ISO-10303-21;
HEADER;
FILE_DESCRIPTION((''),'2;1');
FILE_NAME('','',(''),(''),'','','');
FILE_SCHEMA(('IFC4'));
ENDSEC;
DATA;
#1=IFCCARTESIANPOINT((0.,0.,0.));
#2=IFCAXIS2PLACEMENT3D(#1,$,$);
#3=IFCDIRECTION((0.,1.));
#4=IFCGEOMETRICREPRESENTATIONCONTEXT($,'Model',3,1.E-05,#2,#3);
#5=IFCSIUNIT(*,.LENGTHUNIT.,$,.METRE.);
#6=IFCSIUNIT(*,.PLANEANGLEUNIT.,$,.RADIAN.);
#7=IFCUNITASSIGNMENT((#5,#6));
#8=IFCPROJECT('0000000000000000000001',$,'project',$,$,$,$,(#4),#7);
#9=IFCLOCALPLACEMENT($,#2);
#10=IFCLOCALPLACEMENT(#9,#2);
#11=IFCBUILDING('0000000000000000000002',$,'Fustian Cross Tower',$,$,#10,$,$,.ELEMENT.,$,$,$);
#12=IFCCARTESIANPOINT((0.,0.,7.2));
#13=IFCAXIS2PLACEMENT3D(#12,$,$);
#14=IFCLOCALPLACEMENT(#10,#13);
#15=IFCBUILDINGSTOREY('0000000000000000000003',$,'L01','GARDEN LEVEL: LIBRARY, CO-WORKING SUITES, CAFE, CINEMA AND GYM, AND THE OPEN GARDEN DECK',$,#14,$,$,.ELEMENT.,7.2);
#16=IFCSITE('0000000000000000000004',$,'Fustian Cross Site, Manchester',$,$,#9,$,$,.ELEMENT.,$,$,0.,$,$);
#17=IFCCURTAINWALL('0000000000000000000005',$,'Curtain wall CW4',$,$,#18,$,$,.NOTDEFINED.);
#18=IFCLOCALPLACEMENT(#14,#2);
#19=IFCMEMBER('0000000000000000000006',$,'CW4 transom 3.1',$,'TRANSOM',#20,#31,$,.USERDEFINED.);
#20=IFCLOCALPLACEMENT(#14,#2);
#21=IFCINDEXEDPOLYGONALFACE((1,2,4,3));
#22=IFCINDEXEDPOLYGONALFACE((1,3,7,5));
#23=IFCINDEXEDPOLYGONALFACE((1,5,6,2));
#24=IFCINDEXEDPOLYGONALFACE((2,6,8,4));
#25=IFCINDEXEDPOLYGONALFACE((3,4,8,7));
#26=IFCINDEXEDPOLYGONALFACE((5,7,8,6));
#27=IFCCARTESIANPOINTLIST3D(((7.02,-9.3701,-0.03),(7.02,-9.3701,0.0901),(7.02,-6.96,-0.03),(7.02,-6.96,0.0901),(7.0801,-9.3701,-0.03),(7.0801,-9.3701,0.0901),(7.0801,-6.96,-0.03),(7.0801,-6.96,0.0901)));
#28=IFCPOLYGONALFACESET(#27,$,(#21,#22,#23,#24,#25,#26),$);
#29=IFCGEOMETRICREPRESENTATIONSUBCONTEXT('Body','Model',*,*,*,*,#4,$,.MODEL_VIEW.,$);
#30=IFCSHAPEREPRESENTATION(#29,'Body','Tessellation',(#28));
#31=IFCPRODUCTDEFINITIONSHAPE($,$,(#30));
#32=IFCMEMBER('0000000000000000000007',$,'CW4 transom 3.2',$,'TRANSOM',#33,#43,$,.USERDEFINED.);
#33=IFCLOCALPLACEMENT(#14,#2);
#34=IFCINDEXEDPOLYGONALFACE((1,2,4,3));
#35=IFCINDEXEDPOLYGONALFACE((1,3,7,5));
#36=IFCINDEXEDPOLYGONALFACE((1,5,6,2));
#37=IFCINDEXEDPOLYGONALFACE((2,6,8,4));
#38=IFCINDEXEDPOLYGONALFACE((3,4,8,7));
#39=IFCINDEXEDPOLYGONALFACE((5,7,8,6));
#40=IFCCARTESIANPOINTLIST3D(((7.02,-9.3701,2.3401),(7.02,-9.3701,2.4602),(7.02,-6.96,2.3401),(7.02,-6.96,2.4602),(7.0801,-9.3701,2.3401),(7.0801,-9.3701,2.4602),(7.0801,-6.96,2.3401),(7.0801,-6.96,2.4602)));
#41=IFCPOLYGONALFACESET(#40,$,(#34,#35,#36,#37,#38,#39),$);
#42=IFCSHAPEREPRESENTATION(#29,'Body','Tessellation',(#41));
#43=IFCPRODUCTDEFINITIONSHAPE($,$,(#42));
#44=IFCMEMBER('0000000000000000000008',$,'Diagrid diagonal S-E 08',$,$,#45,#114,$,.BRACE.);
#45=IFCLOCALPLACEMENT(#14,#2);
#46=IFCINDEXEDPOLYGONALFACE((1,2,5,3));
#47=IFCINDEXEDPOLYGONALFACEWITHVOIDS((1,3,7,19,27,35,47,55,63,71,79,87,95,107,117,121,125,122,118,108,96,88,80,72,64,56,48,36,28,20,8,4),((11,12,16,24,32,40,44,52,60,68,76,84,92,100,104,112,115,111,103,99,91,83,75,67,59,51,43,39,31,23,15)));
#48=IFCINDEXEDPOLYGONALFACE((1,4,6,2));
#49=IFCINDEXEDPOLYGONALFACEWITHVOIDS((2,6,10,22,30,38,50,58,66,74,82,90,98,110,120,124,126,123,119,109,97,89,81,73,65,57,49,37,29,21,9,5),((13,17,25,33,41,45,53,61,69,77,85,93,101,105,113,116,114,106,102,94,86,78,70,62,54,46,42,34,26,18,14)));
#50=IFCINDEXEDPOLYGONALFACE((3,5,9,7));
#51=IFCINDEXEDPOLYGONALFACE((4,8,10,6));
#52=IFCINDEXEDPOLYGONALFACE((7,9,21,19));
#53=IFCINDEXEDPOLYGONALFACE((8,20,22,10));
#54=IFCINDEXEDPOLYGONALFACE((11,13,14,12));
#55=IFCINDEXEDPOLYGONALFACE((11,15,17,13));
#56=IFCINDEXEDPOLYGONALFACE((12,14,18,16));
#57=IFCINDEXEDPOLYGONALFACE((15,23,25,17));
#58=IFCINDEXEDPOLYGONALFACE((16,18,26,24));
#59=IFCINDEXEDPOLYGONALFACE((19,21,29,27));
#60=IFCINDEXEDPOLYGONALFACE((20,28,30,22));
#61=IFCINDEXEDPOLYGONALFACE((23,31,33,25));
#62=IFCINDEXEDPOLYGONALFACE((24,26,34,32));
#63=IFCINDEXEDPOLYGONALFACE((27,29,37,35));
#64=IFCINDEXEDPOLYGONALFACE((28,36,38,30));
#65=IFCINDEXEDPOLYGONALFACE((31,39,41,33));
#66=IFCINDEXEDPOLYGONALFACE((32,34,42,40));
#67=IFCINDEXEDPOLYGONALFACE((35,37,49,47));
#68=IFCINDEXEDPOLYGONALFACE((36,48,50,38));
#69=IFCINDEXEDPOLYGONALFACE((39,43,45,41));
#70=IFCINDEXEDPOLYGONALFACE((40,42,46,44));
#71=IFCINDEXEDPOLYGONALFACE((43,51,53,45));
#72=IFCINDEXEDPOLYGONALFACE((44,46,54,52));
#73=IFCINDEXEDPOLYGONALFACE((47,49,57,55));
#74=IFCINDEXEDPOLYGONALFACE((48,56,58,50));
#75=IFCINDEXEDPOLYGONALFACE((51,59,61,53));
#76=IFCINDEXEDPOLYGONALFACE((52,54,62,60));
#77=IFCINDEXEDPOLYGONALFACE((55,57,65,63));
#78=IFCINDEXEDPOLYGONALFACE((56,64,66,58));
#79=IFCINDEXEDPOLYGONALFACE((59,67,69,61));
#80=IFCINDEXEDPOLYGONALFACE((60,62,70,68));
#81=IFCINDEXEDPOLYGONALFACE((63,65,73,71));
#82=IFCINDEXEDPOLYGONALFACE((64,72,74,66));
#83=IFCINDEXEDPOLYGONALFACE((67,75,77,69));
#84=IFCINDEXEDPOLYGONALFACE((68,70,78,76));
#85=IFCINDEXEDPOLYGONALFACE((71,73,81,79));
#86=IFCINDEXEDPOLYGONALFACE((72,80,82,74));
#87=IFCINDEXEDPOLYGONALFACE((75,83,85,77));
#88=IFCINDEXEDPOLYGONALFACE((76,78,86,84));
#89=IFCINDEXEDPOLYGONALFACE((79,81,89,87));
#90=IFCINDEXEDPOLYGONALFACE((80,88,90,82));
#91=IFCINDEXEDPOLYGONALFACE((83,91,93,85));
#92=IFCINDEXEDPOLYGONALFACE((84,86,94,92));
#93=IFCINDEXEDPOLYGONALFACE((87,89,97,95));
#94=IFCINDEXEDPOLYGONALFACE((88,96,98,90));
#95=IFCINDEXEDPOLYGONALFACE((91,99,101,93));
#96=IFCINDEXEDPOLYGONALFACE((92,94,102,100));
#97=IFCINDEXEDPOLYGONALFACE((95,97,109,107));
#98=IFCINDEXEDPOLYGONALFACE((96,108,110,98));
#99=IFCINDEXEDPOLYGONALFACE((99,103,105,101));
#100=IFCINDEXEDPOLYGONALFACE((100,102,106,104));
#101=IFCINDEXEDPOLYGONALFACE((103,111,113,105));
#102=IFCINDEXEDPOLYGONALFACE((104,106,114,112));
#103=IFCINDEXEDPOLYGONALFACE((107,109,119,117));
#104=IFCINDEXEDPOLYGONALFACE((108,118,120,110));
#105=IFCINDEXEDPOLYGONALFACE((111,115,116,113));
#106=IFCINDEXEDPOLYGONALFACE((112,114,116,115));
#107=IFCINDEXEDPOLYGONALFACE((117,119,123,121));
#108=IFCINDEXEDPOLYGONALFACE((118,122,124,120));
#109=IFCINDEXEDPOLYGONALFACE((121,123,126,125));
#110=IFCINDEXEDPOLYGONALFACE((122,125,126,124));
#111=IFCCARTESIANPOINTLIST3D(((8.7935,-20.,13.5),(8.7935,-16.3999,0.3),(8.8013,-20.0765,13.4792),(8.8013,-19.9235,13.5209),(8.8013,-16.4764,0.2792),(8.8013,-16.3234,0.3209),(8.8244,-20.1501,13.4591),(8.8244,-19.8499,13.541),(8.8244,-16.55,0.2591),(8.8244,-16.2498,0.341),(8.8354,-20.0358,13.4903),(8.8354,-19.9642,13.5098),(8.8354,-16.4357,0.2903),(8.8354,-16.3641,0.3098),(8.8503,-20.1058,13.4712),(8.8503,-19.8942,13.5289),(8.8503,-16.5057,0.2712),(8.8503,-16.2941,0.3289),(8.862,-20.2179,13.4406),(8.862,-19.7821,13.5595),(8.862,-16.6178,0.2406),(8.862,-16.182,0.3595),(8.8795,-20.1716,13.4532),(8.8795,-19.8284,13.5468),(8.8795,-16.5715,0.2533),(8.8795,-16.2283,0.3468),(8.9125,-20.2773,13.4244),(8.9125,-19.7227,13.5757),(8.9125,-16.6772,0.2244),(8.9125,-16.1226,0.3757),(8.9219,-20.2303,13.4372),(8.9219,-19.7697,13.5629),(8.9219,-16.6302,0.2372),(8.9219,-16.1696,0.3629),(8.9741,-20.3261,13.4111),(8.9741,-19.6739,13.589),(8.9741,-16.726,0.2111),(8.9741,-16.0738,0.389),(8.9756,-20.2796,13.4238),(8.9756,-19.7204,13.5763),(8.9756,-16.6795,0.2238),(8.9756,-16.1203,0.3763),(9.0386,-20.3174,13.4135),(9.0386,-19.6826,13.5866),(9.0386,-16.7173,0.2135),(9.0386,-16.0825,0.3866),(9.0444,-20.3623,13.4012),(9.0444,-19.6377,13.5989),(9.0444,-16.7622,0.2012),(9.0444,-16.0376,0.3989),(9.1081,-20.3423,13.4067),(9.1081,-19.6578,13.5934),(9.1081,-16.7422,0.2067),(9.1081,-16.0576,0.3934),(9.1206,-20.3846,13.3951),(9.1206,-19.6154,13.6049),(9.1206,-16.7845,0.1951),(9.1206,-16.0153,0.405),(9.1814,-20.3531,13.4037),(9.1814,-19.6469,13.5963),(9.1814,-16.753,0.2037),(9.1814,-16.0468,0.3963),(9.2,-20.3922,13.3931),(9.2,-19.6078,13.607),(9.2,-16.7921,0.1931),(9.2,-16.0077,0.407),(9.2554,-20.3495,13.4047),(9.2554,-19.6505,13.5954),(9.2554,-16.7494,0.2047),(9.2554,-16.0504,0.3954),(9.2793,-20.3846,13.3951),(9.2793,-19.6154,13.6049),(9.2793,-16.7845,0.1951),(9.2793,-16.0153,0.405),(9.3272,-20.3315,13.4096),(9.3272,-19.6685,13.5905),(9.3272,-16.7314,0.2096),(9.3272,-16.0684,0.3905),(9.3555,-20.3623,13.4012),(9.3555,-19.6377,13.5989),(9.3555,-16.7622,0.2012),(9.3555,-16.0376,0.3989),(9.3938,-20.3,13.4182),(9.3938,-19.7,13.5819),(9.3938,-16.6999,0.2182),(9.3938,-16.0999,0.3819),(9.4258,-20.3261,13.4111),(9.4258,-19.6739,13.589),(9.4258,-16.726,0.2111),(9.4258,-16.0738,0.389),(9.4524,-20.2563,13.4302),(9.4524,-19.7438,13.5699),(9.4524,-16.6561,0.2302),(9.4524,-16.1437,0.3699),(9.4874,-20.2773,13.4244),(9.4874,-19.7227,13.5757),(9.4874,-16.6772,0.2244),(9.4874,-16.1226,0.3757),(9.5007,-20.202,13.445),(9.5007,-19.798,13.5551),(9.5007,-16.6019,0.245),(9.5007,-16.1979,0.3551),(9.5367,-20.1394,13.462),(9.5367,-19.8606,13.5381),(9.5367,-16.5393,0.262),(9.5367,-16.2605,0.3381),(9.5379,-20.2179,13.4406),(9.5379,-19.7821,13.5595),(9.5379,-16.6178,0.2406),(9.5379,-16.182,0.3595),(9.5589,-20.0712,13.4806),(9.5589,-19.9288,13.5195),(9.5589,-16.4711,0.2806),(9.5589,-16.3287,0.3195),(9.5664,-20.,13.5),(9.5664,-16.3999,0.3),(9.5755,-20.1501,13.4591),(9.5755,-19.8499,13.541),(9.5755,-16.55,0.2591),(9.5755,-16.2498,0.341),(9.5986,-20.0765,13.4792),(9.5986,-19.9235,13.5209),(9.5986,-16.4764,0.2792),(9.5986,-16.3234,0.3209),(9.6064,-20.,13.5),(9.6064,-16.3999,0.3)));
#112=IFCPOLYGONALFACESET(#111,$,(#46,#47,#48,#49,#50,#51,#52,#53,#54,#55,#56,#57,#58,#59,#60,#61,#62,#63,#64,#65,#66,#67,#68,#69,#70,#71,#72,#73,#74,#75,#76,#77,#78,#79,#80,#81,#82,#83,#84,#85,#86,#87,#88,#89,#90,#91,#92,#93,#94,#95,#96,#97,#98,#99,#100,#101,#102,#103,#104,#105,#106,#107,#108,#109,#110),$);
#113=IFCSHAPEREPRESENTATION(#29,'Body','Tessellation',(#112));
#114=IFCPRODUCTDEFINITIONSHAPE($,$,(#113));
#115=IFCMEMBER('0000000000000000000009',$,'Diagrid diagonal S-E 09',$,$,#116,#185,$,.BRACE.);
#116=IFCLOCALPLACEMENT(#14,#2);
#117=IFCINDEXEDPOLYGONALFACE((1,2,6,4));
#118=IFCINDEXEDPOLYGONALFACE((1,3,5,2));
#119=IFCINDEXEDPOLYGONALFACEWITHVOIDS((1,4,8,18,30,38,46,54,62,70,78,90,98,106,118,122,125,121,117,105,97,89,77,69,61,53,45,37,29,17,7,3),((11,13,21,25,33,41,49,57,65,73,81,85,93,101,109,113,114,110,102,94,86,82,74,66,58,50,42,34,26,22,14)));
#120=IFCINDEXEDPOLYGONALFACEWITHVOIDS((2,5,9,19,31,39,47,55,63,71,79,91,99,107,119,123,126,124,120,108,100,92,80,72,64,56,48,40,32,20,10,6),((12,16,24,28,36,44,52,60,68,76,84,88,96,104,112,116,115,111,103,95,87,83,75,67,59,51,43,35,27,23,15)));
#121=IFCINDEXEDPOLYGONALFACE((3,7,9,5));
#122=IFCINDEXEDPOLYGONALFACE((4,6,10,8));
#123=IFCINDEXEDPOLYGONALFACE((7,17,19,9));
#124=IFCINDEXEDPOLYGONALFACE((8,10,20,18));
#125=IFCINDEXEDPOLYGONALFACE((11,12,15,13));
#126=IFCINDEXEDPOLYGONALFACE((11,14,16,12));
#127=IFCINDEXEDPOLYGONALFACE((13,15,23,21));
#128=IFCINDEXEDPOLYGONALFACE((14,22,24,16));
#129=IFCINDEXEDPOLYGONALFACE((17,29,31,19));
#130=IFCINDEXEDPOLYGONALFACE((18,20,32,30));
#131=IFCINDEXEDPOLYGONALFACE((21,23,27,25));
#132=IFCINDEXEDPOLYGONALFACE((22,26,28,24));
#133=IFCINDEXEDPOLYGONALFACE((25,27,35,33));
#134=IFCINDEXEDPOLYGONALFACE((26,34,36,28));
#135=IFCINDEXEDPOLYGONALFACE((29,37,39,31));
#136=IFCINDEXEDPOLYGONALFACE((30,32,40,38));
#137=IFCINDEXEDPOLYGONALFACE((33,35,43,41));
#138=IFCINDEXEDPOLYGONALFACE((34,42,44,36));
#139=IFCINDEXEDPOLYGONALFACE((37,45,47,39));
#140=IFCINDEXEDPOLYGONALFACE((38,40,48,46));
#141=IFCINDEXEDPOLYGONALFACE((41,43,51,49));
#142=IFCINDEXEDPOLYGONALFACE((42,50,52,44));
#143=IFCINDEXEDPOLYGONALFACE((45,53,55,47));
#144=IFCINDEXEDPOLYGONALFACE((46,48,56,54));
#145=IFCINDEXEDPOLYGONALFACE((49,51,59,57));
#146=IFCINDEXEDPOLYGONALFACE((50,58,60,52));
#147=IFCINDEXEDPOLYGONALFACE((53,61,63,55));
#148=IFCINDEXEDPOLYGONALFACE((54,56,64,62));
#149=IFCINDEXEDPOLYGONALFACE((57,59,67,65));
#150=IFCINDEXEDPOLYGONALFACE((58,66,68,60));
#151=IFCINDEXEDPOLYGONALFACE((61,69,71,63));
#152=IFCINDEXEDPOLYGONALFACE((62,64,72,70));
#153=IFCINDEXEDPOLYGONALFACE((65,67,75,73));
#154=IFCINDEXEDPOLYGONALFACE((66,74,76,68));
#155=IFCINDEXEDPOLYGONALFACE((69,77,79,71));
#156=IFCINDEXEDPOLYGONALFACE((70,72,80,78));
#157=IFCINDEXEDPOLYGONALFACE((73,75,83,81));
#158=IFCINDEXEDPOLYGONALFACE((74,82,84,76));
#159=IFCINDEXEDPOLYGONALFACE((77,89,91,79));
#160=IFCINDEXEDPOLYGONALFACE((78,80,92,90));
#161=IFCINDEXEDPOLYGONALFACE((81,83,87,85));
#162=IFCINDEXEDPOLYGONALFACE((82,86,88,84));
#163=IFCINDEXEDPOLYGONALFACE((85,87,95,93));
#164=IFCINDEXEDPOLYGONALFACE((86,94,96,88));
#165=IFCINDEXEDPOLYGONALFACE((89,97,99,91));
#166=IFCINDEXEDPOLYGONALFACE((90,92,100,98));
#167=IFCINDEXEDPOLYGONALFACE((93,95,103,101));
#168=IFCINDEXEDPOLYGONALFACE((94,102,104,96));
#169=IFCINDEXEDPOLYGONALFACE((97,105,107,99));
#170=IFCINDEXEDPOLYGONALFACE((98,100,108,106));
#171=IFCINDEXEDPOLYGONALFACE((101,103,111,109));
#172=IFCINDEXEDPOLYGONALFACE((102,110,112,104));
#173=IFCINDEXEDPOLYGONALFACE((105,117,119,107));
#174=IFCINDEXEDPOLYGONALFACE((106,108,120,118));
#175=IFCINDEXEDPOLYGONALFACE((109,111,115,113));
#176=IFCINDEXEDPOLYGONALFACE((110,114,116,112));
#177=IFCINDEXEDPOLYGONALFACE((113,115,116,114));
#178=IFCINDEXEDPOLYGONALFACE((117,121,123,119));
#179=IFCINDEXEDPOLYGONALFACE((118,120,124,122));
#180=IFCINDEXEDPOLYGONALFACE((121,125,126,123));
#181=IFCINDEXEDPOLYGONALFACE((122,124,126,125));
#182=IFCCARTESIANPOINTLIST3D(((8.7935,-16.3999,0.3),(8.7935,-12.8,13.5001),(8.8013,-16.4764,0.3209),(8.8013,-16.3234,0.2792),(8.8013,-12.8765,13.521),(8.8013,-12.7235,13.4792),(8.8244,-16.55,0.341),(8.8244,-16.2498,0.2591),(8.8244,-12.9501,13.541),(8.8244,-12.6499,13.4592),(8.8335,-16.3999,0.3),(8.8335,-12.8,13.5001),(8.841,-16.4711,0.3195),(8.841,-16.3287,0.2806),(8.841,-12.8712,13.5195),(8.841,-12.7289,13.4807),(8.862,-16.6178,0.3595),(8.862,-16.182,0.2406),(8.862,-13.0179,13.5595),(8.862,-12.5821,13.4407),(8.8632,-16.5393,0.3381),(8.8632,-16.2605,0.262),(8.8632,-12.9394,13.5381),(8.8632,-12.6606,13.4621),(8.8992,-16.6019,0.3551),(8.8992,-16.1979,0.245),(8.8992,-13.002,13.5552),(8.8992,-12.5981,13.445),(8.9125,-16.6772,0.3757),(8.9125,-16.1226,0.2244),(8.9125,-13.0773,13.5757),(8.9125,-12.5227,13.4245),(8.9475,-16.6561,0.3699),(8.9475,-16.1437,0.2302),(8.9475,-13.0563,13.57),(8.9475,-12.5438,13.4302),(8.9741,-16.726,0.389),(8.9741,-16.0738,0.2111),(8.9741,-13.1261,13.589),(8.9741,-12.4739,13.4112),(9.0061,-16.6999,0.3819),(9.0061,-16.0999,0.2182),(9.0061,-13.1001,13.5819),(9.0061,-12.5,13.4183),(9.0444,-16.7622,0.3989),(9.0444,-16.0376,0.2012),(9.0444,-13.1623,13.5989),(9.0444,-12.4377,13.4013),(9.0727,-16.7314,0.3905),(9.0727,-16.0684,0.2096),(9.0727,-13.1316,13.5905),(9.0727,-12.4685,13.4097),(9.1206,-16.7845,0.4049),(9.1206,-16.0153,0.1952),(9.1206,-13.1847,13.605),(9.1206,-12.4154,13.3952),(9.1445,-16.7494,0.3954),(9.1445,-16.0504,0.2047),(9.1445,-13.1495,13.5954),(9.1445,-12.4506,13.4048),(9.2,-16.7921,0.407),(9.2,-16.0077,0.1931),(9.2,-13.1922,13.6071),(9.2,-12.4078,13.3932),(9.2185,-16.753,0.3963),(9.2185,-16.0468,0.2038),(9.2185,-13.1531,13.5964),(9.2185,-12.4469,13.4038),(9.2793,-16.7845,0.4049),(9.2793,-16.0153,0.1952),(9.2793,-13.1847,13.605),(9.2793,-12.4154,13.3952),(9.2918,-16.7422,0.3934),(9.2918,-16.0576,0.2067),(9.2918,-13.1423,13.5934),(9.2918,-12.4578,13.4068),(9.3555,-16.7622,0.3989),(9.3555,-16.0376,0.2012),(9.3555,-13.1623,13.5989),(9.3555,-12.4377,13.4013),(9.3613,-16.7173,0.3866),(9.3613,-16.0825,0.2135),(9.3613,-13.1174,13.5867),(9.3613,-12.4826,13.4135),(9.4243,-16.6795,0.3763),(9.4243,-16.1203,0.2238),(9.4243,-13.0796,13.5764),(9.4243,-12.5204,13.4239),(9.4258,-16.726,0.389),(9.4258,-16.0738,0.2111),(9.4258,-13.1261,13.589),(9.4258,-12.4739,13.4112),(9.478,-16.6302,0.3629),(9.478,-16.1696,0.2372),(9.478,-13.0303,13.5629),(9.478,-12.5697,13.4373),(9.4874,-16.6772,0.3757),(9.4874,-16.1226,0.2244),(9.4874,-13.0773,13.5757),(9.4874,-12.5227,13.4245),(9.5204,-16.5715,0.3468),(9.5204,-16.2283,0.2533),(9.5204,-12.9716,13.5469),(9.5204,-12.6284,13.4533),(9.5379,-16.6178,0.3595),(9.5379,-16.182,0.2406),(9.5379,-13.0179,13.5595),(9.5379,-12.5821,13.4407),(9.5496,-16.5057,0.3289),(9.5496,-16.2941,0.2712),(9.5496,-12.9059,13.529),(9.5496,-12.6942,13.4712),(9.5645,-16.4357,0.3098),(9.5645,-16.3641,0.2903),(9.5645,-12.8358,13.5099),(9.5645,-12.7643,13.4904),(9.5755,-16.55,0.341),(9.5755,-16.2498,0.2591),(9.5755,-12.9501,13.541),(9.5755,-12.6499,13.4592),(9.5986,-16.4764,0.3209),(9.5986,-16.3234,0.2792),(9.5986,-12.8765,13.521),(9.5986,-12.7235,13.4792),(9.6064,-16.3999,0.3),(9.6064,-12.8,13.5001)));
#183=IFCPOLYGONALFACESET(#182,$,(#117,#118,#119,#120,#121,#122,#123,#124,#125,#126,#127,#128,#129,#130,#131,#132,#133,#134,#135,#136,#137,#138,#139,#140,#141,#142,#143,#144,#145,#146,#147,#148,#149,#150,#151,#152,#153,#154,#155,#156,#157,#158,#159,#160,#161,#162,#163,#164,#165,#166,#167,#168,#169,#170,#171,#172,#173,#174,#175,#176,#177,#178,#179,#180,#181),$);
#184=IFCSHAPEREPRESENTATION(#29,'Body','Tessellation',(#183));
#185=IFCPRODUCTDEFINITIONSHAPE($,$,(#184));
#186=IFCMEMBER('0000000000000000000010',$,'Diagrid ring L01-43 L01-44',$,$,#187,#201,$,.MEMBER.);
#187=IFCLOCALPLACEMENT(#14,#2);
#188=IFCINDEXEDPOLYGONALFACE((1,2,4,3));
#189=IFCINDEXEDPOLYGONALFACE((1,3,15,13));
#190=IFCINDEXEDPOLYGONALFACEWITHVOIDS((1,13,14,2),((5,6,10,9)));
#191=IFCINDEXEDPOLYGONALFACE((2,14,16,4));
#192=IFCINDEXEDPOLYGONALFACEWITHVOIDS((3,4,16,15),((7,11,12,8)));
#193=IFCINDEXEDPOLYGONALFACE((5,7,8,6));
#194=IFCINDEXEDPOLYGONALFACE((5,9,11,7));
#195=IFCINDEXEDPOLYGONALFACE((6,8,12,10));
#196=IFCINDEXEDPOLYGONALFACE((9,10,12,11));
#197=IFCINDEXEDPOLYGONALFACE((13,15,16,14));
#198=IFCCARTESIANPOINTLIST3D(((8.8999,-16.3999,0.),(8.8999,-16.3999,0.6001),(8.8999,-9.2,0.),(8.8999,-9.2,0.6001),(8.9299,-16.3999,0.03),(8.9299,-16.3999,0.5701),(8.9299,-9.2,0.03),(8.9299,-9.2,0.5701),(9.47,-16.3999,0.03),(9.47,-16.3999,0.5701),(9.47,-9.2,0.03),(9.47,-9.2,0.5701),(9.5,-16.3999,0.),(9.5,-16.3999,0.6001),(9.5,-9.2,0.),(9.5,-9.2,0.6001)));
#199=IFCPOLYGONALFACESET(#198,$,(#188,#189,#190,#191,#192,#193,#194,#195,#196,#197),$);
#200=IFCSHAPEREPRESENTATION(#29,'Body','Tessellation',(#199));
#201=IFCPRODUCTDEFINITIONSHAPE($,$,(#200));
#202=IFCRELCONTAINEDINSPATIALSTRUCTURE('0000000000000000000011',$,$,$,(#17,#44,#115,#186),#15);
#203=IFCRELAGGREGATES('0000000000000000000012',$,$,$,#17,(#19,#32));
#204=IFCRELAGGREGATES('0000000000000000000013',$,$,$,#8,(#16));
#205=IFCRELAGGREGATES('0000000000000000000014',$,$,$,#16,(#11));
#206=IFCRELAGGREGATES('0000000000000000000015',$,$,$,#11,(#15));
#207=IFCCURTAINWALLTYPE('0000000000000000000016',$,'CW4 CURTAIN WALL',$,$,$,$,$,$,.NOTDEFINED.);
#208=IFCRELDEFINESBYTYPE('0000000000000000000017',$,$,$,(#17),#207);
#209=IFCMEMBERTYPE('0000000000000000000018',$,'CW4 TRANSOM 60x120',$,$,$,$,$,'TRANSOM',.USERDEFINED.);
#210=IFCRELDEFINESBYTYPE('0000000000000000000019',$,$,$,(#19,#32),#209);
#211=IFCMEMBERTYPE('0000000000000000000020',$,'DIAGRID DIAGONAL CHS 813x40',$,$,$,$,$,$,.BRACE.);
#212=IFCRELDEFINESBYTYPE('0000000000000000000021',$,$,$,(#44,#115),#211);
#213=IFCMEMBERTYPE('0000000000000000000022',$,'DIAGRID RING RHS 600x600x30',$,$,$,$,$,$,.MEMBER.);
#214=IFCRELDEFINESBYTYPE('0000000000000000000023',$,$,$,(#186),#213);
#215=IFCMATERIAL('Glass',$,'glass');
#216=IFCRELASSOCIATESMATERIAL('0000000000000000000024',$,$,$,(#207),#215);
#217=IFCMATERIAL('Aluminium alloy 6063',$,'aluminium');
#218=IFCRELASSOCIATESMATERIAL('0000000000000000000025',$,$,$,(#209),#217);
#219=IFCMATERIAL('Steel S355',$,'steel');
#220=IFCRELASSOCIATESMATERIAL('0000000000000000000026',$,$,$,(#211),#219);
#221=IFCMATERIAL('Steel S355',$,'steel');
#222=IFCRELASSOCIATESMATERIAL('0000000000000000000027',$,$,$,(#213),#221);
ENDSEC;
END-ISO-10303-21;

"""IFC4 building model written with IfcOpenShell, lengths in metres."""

from ifc_helpers import new_model, si_unit, direction, frame, origin, origin_2d, place, context, subcontext, project, spatial, rectangle, hollow_rectangle, hollow_circle, extrude, material, material_profile, profile_set, type_object, element, aggregate, save


model = new_model("IFC4")

# Units and contexts
model_context = context("Model", 3, precision=1e-05, world=origin(), true_north=direction((0.0, 1.0)))
body_context = subcontext(model_context, "Body", "Model", "MODEL_VIEW")
ifc_project = project(units=[si_unit("LENGTHUNIT", "METRE"), si_unit("PLANEANGLEUNIT", "RADIAN")], contexts=[model_context])

# Site, building, storey
site_placement = place(None, origin())
site = spatial("IfcSite", under=ifc_project, at=site_placement, Name="Fustian Cross Site, Manchester", CompositionType="ELEMENT", RefElevation=0.0)
building_placement = place(site_placement, origin())
building = spatial("IfcBuilding", under=site, at=building_placement, Name="Fustian Cross Tower", CompositionType="ELEMENT")
storey_placement = place(building_placement, frame((0.0, 0.0, 7.2)))
storey = spatial("IfcBuildingStorey", under=building, at=storey_placement, Name="L01", Description="GARDEN LEVEL: LIBRARY, CO-WORKING SUITES, CAFE, CINEMA AND GYM, AND THE OPEN GARDEN DECK", CompositionType="ELEMENT", Elevation=7.2)

# Shared definitions
ifc_material_1 = material(Name="Glass", Category="glass")
curtain_wall_type = type_object("IfcCurtainWallType", Name="CW4 CURTAIN WALL", PredefinedType="NOTDEFINED", material=ifc_material_1)

# Curtain wall
curtain_wall_1_placement = place(storey_placement, origin())
curtain_wall_1 = element("IfcCurtainWall", 1, at=curtain_wall_1_placement, inside=storey, type_object=curtain_wall_type, Name="Curtain wall CW4", PredefinedType="NOTDEFINED")

# Members
ifc_material_2 = material(Name="Aluminium alloy 6063", Category="aluminium")
ifc_material_profile_1 = material_profile(ifc_material_2, rectangle(XDim=0.0601, YDim=0.1201, at=origin_2d()), Name="CW4 TRANSOM 60x120")
ifc_profile_set_1 = profile_set([ifc_material_profile_1], Name="Aluminium alloy 6063")
member_type_1 = type_object("IfcMemberType", Name="CW4 TRANSOM 60x120", ElementType="TRANSOM", PredefinedType="USERDEFINED", material=ifc_profile_set_1)
member_1_placement = place(storey_placement, frame((7.05, -9.3701, 0.03), z_axis=(0.0, 1.0, 0.0), x_axis=(-1.0, 0.0, 0.0)))
member_1 = element("IfcMember", 2, at=member_1_placement, type_object=member_type_1, Name="CW4 transom 3.1", ObjectType="TRANSOM", PredefinedType="USERDEFINED", context=body_context, shape_type="SweptSolid", body=[
    extrude(rectangle(XDim=0.0601, YDim=0.1201, at=origin_2d()), origin(), (0.0, 0.0, 1.0), 2.4102),
])
member_2_placement = place(storey_placement, frame((7.05, -9.3701, 2.4001), z_axis=(0.0, 1.0, 0.0), x_axis=(-1.0, 0.0, 0.0)))
member_2 = element("IfcMember", 3, at=member_2_placement, type_object=member_type_1, Name="CW4 transom 3.2", ObjectType="TRANSOM", PredefinedType="USERDEFINED", context=body_context, shape_type="SweptSolid", body=[
    extrude(rectangle(XDim=0.0601, YDim=0.1201, at=origin_2d()), origin(), (0.0, 0.0, 1.0), 2.4102),
])

# Members
ifc_material_3 = material(Name="Steel S355", Category="steel")
ifc_material_profile_2 = material_profile(ifc_material_3, hollow_circle(Radius=0.4065, WallThickness=0.04, at=origin_2d()), Name="CHS 813x40")
ifc_profile_set_2 = profile_set([ifc_material_profile_2], Name="Steel S355")
member_type_2 = type_object("IfcMemberType", Name="DIAGRID DIAGONAL CHS 813x40", PredefinedType="BRACE", material=ifc_profile_set_2)
for number, where, z_axis, x_axis, name in (
    (4, (9.2, -16.3999, 0.3), (0.0, -0.263125, 0.964762), (1.0, 0.0, 0.0), "Diagrid diagonal S-E 08"),
    (5, (9.2, -16.3999, 0.3), (0.0, 0.263108, 0.964766), (-1.0, 0.0, 0.0), "Diagrid diagonal S-E 09"),
):
    element("IfcMember", number, at=place(storey_placement, frame(where, z_axis=z_axis, x_axis=x_axis)), inside=storey, type_object=member_type_2, Name=name, PredefinedType="BRACE", context=body_context, shape_type="SweptSolid", body=[
        extrude(hollow_circle(Radius=0.4065, WallThickness=0.04, at=origin_2d()), origin(), (0.0, 0.0, 1.0), 13.6821),
    ])
ifc_material_4 = material(Name="Steel S355", Category="steel")
ifc_material_profile_3 = material_profile(ifc_material_4, hollow_rectangle(XDim=0.6001, YDim=0.6001, WallThickness=0.03, at=origin_2d()), Name="RHS 600x600x30")
ifc_profile_set_3 = profile_set([ifc_material_profile_3], Name="Steel S355")
member_type_3 = type_object("IfcMemberType", Name="DIAGRID RING RHS 600x600x30", PredefinedType="MEMBER", material=ifc_profile_set_3)
member_3_placement = place(storey_placement, frame((9.2, -16.3999, 0.3), z_axis=(0.0, 1.0, 0.0), x_axis=(-1.0, 0.0, 0.0)))
element("IfcMember", 6, at=member_3_placement, inside=storey, type_object=member_type_3, Name="Diagrid ring L01-43 L01-44", PredefinedType="MEMBER", context=body_context, shape_type="SweptSolid", body=[
    extrude(hollow_rectangle(XDim=0.6001, YDim=0.6001, WallThickness=0.03, at=origin_2d()), origin(), (0.0, 0.0, 1.0), 7.2),
])

aggregate(curtain_wall_1, [member_1, member_2])

save(model, "model.ifc")
